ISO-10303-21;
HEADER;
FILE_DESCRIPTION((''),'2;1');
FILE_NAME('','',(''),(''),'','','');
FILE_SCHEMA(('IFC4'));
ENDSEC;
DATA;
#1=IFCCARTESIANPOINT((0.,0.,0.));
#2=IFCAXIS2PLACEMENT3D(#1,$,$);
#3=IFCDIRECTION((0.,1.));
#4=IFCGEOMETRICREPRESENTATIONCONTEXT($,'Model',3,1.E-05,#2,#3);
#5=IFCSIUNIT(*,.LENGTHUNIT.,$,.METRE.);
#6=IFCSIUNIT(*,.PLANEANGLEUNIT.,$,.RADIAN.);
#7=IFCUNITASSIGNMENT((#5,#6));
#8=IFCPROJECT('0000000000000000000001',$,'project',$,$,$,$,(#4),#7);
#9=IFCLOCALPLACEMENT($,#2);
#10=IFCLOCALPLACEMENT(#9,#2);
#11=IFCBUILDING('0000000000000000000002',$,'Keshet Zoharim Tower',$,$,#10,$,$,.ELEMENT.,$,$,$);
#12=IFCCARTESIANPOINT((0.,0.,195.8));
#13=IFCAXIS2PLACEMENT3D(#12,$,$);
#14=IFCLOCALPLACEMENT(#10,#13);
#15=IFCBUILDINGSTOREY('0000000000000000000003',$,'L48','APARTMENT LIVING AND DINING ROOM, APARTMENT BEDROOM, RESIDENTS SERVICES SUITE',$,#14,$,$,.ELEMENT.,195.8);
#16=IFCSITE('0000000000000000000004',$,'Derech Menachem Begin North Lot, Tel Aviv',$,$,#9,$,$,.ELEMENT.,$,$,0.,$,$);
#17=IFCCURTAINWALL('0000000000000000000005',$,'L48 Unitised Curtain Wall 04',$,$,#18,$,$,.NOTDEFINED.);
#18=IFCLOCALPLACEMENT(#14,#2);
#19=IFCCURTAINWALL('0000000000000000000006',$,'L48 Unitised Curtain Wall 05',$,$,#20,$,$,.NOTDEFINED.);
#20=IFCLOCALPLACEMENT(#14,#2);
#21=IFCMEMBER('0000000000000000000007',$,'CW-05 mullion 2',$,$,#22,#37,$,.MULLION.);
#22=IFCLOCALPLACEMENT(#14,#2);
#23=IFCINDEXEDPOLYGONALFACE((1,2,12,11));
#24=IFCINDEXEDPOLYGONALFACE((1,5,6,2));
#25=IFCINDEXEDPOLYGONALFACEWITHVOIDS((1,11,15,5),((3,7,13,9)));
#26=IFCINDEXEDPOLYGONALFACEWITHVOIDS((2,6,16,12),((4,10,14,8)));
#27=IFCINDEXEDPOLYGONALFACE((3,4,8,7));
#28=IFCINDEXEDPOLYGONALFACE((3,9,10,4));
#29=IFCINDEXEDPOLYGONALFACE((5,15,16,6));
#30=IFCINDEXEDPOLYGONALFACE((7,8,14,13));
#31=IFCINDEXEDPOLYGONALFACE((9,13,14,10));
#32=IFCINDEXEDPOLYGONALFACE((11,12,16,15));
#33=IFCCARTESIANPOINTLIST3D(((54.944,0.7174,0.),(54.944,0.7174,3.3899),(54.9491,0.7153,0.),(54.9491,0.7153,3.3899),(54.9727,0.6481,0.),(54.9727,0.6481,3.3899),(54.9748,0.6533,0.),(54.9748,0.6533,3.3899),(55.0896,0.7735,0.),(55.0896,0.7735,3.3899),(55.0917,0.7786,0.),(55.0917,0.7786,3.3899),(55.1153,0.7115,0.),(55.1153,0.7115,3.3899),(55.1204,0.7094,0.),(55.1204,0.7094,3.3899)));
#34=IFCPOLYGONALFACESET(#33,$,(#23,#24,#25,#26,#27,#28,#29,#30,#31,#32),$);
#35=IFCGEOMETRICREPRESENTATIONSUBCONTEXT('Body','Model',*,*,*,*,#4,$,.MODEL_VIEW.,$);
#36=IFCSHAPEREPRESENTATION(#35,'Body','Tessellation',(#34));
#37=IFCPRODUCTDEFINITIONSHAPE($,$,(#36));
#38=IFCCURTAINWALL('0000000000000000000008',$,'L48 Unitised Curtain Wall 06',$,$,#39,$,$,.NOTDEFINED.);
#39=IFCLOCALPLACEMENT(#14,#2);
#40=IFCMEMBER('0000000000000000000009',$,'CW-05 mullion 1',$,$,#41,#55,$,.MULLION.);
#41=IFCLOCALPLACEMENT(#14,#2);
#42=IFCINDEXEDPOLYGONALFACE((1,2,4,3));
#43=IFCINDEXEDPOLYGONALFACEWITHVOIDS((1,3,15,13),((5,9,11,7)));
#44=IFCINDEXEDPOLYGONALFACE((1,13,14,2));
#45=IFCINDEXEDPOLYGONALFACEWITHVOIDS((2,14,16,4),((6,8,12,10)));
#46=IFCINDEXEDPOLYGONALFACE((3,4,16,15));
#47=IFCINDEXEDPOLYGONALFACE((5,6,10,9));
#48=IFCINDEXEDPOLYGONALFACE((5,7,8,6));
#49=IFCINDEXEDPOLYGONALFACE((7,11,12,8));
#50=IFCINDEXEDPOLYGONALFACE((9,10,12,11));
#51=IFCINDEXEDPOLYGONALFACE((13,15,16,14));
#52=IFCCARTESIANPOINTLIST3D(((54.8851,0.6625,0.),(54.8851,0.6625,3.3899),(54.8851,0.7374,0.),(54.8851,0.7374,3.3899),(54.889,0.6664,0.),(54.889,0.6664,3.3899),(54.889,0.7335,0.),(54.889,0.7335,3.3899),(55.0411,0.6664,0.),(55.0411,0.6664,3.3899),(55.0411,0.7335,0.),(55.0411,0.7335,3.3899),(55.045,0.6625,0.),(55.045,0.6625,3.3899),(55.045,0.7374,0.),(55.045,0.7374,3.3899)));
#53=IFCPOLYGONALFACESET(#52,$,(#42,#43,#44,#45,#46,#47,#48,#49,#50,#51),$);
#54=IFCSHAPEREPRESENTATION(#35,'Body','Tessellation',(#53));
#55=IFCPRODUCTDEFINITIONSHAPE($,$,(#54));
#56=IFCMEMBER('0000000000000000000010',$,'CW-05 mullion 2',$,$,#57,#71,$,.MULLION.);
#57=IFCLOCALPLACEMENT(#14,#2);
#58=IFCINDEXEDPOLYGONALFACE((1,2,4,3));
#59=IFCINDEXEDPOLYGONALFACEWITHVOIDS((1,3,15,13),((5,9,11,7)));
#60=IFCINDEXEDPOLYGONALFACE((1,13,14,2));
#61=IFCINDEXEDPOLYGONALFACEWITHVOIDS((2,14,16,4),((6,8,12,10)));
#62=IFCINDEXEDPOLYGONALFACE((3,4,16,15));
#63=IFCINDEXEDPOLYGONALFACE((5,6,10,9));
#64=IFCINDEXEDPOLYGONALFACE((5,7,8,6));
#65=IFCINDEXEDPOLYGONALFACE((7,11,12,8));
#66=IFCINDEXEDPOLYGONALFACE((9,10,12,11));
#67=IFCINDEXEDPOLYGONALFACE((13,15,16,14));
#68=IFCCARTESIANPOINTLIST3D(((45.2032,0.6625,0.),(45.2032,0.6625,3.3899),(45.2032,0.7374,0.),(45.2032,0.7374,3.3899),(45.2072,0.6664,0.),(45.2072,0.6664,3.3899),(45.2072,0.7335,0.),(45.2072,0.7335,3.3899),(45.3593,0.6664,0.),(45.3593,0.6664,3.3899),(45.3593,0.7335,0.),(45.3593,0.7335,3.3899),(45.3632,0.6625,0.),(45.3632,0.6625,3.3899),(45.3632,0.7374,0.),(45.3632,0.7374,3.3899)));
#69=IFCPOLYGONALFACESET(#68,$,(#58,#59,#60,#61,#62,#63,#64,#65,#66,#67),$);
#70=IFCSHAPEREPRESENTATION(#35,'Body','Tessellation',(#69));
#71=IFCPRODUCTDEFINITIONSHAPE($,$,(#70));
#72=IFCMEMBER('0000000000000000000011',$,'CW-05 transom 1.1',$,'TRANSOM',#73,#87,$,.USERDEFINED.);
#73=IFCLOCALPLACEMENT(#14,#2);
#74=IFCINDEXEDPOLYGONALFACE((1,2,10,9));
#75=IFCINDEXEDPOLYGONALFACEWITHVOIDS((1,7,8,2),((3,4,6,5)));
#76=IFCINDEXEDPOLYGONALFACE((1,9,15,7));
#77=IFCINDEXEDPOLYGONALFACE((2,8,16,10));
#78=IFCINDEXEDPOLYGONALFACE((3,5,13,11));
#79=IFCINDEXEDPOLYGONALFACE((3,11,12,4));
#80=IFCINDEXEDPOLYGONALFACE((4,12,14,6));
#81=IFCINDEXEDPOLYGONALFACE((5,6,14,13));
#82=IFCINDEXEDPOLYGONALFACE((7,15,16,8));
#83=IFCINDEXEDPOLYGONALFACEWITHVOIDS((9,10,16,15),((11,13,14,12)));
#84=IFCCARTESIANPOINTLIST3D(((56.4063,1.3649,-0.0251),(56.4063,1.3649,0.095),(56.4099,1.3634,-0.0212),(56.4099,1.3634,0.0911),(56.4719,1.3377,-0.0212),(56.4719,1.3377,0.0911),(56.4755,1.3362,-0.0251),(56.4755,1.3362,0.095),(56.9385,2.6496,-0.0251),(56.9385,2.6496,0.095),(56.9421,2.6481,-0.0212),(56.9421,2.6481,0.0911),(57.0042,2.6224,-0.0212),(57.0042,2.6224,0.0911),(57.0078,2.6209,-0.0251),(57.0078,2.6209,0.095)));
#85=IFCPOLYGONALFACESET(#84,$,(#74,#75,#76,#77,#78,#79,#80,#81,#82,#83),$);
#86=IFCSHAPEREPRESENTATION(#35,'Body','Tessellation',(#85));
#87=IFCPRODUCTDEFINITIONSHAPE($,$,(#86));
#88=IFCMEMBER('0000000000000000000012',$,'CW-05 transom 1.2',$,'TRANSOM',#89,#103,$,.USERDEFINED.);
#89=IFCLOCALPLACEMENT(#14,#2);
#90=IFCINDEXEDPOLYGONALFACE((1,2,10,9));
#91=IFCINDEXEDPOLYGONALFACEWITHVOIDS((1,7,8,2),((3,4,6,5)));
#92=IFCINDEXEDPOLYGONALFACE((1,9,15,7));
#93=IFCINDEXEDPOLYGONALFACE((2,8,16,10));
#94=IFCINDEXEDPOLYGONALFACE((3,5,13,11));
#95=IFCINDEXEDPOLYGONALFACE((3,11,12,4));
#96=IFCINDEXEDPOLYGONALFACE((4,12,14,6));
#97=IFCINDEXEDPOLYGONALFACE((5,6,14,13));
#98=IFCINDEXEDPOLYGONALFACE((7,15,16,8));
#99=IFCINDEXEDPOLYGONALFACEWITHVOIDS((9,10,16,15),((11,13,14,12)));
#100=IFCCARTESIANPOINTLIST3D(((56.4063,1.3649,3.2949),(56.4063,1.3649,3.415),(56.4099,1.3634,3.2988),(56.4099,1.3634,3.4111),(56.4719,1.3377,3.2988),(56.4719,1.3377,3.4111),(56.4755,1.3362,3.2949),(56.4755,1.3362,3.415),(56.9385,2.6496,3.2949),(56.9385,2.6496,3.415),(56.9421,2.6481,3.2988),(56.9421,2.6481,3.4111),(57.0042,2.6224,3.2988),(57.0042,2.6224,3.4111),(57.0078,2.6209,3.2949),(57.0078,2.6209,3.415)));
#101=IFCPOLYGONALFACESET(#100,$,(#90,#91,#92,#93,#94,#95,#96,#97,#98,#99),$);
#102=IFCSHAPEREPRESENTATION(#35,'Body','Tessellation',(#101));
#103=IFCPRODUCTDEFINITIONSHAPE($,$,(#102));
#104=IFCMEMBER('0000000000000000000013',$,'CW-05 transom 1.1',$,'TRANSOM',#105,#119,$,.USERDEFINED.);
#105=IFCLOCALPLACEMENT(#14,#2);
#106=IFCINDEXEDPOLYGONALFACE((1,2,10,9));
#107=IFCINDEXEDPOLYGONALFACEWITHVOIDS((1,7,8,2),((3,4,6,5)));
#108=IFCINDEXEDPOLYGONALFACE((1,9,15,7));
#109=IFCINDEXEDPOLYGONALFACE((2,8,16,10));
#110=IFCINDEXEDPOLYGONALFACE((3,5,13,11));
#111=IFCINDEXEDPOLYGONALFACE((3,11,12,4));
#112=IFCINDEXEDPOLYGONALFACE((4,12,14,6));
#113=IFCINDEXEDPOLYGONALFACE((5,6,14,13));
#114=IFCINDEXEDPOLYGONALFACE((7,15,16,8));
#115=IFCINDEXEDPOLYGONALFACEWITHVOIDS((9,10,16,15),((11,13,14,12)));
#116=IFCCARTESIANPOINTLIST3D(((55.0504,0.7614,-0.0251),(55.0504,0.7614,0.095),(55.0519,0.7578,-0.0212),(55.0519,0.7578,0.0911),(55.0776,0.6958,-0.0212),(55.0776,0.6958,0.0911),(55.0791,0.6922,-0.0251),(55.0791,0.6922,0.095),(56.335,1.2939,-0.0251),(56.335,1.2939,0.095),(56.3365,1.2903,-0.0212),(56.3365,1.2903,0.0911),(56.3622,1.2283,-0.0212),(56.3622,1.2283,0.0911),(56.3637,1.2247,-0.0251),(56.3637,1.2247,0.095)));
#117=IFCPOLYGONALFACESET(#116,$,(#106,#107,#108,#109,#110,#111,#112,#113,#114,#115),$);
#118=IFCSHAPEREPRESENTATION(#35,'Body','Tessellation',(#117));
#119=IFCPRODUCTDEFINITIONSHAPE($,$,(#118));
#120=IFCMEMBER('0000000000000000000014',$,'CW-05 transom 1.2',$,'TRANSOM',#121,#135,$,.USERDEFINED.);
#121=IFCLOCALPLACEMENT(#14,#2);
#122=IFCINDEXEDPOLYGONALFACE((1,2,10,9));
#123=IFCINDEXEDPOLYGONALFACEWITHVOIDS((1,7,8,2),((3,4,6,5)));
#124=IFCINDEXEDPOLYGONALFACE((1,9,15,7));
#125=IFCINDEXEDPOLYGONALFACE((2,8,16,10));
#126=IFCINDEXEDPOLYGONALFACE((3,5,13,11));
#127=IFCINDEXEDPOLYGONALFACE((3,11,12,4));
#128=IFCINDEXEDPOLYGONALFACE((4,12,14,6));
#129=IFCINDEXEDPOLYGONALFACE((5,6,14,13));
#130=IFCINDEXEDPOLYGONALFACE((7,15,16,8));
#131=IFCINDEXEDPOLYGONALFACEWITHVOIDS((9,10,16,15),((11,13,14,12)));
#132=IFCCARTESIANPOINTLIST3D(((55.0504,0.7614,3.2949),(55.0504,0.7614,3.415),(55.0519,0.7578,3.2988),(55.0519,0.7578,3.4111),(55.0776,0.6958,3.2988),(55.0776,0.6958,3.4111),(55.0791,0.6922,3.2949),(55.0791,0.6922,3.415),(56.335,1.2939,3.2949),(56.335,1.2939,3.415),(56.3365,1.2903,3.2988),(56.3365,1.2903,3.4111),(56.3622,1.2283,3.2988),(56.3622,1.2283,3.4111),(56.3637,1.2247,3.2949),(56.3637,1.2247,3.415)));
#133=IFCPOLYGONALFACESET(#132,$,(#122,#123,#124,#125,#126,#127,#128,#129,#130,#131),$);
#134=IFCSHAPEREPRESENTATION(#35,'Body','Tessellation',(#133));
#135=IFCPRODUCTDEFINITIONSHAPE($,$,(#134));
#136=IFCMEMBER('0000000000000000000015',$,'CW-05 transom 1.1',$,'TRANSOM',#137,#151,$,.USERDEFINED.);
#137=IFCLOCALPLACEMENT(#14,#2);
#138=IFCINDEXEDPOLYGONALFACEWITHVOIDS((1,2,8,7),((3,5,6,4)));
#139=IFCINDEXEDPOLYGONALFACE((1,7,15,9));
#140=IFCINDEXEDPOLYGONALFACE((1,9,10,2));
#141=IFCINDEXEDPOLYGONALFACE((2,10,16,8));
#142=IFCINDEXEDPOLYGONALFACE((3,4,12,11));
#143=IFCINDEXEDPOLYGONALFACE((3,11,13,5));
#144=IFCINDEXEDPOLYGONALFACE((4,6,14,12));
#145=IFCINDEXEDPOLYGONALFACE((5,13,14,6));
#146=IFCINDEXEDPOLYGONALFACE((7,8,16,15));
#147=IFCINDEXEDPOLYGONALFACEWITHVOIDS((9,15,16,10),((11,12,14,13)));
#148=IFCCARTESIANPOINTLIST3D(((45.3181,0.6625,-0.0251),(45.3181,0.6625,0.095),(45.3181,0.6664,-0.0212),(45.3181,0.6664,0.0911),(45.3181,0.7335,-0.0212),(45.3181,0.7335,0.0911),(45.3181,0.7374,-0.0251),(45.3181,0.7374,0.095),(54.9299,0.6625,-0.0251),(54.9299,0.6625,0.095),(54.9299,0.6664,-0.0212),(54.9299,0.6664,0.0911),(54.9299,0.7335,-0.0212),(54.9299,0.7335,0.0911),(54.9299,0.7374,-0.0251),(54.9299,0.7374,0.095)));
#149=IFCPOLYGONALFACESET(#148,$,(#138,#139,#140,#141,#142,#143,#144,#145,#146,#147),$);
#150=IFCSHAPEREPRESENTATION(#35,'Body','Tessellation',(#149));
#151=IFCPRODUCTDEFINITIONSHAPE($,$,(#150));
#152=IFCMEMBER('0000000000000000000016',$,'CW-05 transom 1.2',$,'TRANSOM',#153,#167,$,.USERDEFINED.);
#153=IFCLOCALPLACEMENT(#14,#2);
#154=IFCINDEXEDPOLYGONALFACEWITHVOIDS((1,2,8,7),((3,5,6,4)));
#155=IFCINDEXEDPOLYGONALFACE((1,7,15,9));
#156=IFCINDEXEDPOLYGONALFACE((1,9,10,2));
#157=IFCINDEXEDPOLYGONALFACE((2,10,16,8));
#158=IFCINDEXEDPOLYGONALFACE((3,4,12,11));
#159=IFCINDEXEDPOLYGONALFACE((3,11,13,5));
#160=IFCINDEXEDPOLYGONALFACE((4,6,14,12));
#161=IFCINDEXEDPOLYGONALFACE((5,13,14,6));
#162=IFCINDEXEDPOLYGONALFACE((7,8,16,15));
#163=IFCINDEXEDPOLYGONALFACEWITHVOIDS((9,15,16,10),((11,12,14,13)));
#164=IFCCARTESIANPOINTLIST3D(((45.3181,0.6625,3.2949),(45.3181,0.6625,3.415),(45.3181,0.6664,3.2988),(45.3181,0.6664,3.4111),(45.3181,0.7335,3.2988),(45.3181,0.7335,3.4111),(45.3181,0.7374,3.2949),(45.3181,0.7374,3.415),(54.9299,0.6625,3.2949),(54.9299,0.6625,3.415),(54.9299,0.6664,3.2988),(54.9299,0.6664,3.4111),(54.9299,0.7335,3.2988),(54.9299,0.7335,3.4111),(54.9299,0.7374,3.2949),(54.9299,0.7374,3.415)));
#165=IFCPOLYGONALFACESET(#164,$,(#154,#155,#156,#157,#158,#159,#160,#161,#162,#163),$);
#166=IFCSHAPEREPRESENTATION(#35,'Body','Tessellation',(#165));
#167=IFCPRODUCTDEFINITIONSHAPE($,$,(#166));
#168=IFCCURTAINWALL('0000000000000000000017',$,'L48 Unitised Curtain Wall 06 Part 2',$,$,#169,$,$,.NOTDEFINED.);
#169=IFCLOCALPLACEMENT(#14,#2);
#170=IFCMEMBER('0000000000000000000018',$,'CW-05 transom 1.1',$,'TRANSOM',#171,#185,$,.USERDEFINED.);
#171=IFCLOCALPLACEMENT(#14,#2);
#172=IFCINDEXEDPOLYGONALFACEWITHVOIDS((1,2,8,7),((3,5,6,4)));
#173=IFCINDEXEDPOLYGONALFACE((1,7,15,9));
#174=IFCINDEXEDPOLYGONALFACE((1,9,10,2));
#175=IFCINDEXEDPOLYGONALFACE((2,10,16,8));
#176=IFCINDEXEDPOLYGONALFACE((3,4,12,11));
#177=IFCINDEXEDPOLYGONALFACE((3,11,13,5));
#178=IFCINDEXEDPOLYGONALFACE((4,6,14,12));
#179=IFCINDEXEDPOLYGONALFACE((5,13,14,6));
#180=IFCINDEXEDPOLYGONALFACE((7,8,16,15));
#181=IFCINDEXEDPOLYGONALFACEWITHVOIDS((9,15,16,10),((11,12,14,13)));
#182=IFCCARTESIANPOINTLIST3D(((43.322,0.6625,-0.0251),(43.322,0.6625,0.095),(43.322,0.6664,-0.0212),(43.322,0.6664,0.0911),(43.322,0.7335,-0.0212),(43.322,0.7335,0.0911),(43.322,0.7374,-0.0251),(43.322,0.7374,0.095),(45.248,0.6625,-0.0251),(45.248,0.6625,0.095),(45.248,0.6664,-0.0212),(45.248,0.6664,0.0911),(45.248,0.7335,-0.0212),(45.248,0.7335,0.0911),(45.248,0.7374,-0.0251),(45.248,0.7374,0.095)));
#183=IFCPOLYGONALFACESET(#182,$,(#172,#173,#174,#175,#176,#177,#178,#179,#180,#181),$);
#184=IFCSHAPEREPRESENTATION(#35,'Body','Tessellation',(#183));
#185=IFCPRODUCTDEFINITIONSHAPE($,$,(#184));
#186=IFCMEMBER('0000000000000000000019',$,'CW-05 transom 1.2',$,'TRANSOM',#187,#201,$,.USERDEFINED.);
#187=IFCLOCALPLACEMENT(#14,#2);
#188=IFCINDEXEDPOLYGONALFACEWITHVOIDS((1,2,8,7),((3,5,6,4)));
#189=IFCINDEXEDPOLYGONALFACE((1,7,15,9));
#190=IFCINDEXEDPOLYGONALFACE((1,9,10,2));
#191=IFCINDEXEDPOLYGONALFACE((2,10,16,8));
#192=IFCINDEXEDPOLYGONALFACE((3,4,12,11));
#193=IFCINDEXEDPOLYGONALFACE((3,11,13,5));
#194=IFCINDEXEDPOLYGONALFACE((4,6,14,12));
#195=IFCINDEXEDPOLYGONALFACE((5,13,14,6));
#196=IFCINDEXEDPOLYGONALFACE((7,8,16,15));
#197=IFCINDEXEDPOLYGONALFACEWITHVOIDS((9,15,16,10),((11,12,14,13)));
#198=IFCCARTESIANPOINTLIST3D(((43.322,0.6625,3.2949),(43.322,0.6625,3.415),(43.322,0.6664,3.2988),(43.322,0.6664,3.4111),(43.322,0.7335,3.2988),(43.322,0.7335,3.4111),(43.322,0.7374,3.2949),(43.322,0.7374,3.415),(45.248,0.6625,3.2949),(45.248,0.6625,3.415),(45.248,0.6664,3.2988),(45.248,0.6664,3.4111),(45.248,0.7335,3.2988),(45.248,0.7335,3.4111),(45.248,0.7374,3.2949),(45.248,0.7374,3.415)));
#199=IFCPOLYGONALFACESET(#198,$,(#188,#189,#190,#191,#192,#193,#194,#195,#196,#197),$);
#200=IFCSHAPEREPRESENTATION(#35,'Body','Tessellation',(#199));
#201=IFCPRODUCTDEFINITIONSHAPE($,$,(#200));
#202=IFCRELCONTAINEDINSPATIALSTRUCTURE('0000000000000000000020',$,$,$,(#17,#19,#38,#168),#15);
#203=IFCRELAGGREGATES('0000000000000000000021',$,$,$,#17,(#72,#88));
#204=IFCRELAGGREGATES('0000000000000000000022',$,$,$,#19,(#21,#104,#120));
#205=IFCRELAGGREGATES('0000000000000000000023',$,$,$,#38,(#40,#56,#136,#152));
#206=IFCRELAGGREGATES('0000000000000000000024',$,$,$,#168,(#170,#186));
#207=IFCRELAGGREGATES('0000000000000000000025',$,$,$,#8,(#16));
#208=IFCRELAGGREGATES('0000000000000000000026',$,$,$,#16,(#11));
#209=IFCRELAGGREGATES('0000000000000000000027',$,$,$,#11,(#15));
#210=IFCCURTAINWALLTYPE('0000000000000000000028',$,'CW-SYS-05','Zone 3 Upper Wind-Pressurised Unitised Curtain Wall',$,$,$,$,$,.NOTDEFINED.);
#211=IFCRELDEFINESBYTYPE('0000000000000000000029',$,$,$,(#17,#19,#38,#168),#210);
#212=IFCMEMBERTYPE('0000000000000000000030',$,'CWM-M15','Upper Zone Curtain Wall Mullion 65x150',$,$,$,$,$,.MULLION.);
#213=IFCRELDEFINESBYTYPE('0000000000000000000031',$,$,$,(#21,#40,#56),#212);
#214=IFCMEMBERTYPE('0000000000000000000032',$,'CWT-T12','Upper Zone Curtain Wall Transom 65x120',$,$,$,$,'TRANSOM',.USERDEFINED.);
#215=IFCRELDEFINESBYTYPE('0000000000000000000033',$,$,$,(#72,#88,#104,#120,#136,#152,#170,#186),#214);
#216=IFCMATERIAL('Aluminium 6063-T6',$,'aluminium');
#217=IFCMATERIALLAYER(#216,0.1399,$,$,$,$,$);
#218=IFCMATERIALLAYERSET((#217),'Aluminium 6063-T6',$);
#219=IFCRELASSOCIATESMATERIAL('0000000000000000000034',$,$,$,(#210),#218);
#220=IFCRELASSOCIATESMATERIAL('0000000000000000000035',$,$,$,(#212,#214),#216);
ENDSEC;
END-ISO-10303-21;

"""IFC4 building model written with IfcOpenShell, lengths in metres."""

from ifc_helpers import new_model, si_unit, direction, frame, origin, origin_2d, place, context, subcontext, project, spatial, hollow_rectangle, extrude, material, layer, layer_set, material_profile, profile_set, type_object, element, aggregate, save


model = new_model("IFC4")

# Units and contexts
model_context = context("Model", 3, precision=1e-05, world=origin(), true_north=direction((0.0, 1.0)))
body_context = subcontext(model_context, "Body", "Model", "MODEL_VIEW")
ifc_project = project(units=[si_unit("LENGTHUNIT", "METRE"), si_unit("PLANEANGLEUNIT", "RADIAN")], contexts=[model_context])

# Site, building, storey
site_placement = place(None, origin())
site = spatial("IfcSite", under=ifc_project, at=site_placement, Name="Derech Menachem Begin North Lot, Tel Aviv", CompositionType="ELEMENT", RefElevation=0.0)
building_placement = place(site_placement, origin())
building = spatial("IfcBuilding", under=site, at=building_placement, Name="Keshet Zoharim Tower", CompositionType="ELEMENT")
storey_placement = place(building_placement, frame((0.0, 0.0, 195.8)))
storey = spatial("IfcBuildingStorey", under=building, at=storey_placement, Name="L48", Description="APARTMENT LIVING AND DINING ROOM, APARTMENT BEDROOM, RESIDENTS SERVICES SUITE", CompositionType="ELEMENT", Elevation=195.8)

# Curtain walls, members
ifc_material_1 = material(Name="Aluminium 6063-T6", Category="aluminium")
ifc_layer_1 = layer(ifc_material_1, 0.1399)
ifc_layer_set_1 = layer_set([ifc_layer_1], Name="Aluminium 6063-T6")
curtain_wall_type = type_object("IfcCurtainWallType", Name="CW-SYS-05", Description="Zone 3 Upper Wind-Pressurised Unitised Curtain Wall", PredefinedType="NOTDEFINED", material=ifc_layer_set_1)
curtain_wall_1_placement = place(storey_placement, origin())
curtain_wall_1 = element("IfcCurtainWall", 1, at=curtain_wall_1_placement, inside=storey, type_object=curtain_wall_type, Name="L48 Unitised Curtain Wall 04", PredefinedType="NOTDEFINED")
ifc_material_profile_1 = material_profile(ifc_material_1, hollow_rectangle(XDim=0.075, YDim=0.1599, WallThickness=0.0039, at=origin_2d()), Name="MUL-75x160")
ifc_profile_set_1 = profile_set([ifc_material_profile_1], Name="Aluminium 6063-T6")
member_type_1 = type_object("IfcMemberType", Name="CWM-M15", Description="Upper Zone Curtain Wall Mullion 65x150", PredefinedType="MULLION", material=ifc_profile_set_1)
curtain_wall_2_placement = place(storey_placement, origin())
curtain_wall_2 = element("IfcCurtainWall", 2, at=curtain_wall_2_placement, inside=storey, type_object=curtain_wall_type, Name="L48 Unitised Curtain Wall 05", PredefinedType="NOTDEFINED")
member_1_placement = place(storey_placement, frame((55.0322, 0.7134, 0.0), z_axis=(0.0, 0.0, 1.0), x_axis=(0.382852, -0.92381, 0.0)))
member_1 = element("IfcMember", 3, at=member_1_placement, type_object=member_type_1, Name="CW-05 mullion 2", PredefinedType="MULLION", context=body_context, shape_type="SweptSolid", body=[
    extrude(hollow_rectangle(XDim=0.075, YDim=0.1599, WallThickness=0.0039, at=origin_2d()), origin(), (0.0, 0.0, 1.0), 3.3899),
])
curtain_wall_3_placement = place(storey_placement, origin())
curtain_wall_3 = element("IfcCurtainWall", 4, at=curtain_wall_3_placement, inside=storey, type_object=curtain_wall_type, Name="L48 Unitised Curtain Wall 06", PredefinedType="NOTDEFINED")
member_2_placement = place(storey_placement, frame((54.9651, 0.7, 0.0), z_axis=(0.0, 0.0, 1.0), x_axis=(0.0, -1.0, 0.0)))
member_2 = element("IfcMember", 5, at=member_2_placement, type_object=member_type_1, Name="CW-05 mullion 1", PredefinedType="MULLION", context=body_context, shape_type="SweptSolid", body=[
    extrude(hollow_rectangle(XDim=0.075, YDim=0.1599, WallThickness=0.0039, at=origin_2d()), origin(), (0.0, 0.0, 1.0), 3.3899),
])
member_3_placement = place(storey_placement, frame((45.2832, 0.7, 0.0), z_axis=(0.0, 0.0, 1.0), x_axis=(0.0, -1.0, 0.0)))
member_3 = element("IfcMember", 6, at=member_3_placement, type_object=member_type_1, Name="CW-05 mullion 2", PredefinedType="MULLION", context=body_context, shape_type="SweptSolid", body=[
    extrude(hollow_rectangle(XDim=0.075, YDim=0.1599, WallThickness=0.0039, at=origin_2d()), origin(), (0.0, 0.0, 1.0), 3.3899),
])

# Members
ifc_material_profile_2 = material_profile(ifc_material_1, hollow_rectangle(XDim=0.075, YDim=0.1201, WallThickness=0.0039, at=origin_2d()), Name="TRN-75x120")
ifc_profile_set_2 = profile_set([ifc_material_profile_2], Name="Aluminium 6063-T6")
member_type_2 = type_object("IfcMemberType", Name="CWT-T12", Description="Upper Zone Curtain Wall Transom 65x120", ElementType="TRANSOM", PredefinedType="USERDEFINED", material=ifc_profile_set_2)
member_4_placement = place(storey_placement, frame((56.9731, 2.6353, 0.0349), z_axis=(-0.382745, -0.923854, 0.0), x_axis=(0.923854, -0.382745, 0.0)))
member_4 = element("IfcMember", 7, at=member_4_placement, type_object=member_type_2, Name="CW-05 transom 1.1", ObjectType="TRANSOM", PredefinedType="USERDEFINED", context=body_context, shape_type="SweptSolid", body=[
    extrude(hollow_rectangle(XDim=0.075, YDim=0.1201, WallThickness=0.0039, at=origin_2d()), origin(), (0.0, 0.0, 1.0), 1.3906),
])
member_5_placement = place(storey_placement, frame((56.9731, 2.6353, 3.355), z_axis=(-0.382745, -0.923854, 0.0), x_axis=(0.923854, -0.382745, 0.0)))
member_5 = element("IfcMember", 8, at=member_5_placement, type_object=member_type_2, Name="CW-05 transom 1.2", ObjectType="TRANSOM", PredefinedType="USERDEFINED", context=body_context, shape_type="SweptSolid", body=[
    extrude(hollow_rectangle(XDim=0.075, YDim=0.1201, WallThickness=0.0039, at=origin_2d()), origin(), (0.0, 0.0, 1.0), 1.3906),
])
member_6_placement = place(storey_placement, frame((56.3494, 1.2593, 0.0349), z_axis=(-0.923792, -0.382894, 0.0), x_axis=(0.382894, -0.923792, 0.0)))
member_6 = element("IfcMember", 9, at=member_6_placement, type_object=member_type_2, Name="CW-05 transom 1.1", ObjectType="TRANSOM", PredefinedType="USERDEFINED", context=body_context, shape_type="SweptSolid", body=[
    extrude(hollow_rectangle(XDim=0.075, YDim=0.1201, WallThickness=0.0039, at=origin_2d()), origin(), (0.0, 0.0, 1.0), 1.3906),
])
member_7_placement = place(storey_placement, frame((56.3494, 1.2593, 3.355), z_axis=(-0.923792, -0.382894, 0.0), x_axis=(0.382894, -0.923792, 0.0)))
member_7 = element("IfcMember", 10, at=member_7_placement, type_object=member_type_2, Name="CW-05 transom 1.2", ObjectType="TRANSOM", PredefinedType="USERDEFINED", context=body_context, shape_type="SweptSolid", body=[
    extrude(hollow_rectangle(XDim=0.075, YDim=0.1201, WallThickness=0.0039, at=origin_2d()), origin(), (0.0, 0.0, 1.0), 1.3906),
])
member_8_placement = place(storey_placement, frame((54.9299, 0.7, 0.0349), z_axis=(-1.0, 0.0, 0.0), x_axis=(0.0, -1.0, 0.0)))
member_8 = element("IfcMember", 11, at=member_8_placement, type_object=member_type_2, Name="CW-05 transom 1.1", ObjectType="TRANSOM", PredefinedType="USERDEFINED", context=body_context, shape_type="SweptSolid", body=[
    extrude(hollow_rectangle(XDim=0.075, YDim=0.1201, WallThickness=0.0039, at=origin_2d()), origin(), (0.0, 0.0, 1.0), 9.6118),
])
member_9_placement = place(storey_placement, frame((54.9299, 0.7, 3.355), z_axis=(-1.0, 0.0, 0.0), x_axis=(0.0, -1.0, 0.0)))
member_9 = element("IfcMember", 12, at=member_9_placement, type_object=member_type_2, Name="CW-05 transom 1.2", ObjectType="TRANSOM", PredefinedType="USERDEFINED", context=body_context, shape_type="SweptSolid", body=[
    extrude(hollow_rectangle(XDim=0.075, YDim=0.1201, WallThickness=0.0039, at=origin_2d()), origin(), (0.0, 0.0, 1.0), 9.6118),
])

# Curtain wall, members
curtain_wall_4_placement = place(storey_placement, origin())
curtain_wall_4 = element("IfcCurtainWall", 13, at=curtain_wall_4_placement, inside=storey, type_object=curtain_wall_type, Name="L48 Unitised Curtain Wall 06 Part 2", PredefinedType="NOTDEFINED")
member_10_placement = place(storey_placement, frame((45.248, 0.7, 0.0349), z_axis=(-1.0, 0.0, 0.0), x_axis=(0.0, -1.0, 0.0)))
member_10 = element("IfcMember", 14, at=member_10_placement, type_object=member_type_2, Name="CW-05 transom 1.1", ObjectType="TRANSOM", PredefinedType="USERDEFINED", context=body_context, shape_type="SweptSolid", body=[
    extrude(hollow_rectangle(XDim=0.075, YDim=0.1201, WallThickness=0.0039, at=origin_2d()), origin(), (0.0, 0.0, 1.0), 1.926),
])
member_11_placement = place(storey_placement, frame((45.248, 0.7, 3.355), z_axis=(-1.0, 0.0, 0.0), x_axis=(0.0, -1.0, 0.0)))
member_11 = element("IfcMember", 15, at=member_11_placement, type_object=member_type_2, Name="CW-05 transom 1.2", ObjectType="TRANSOM", PredefinedType="USERDEFINED", context=body_context, shape_type="SweptSolid", body=[
    extrude(hollow_rectangle(XDim=0.075, YDim=0.1201, WallThickness=0.0039, at=origin_2d()), origin(), (0.0, 0.0, 1.0), 1.926),
])

aggregate(curtain_wall_1, [member_4, member_5])
aggregate(curtain_wall_2, [member_1, member_6, member_7])
aggregate(curtain_wall_3, [member_2, member_3, member_8, member_9])
aggregate(curtain_wall_4, [member_10, member_11])

save(model, "model.ifc")
